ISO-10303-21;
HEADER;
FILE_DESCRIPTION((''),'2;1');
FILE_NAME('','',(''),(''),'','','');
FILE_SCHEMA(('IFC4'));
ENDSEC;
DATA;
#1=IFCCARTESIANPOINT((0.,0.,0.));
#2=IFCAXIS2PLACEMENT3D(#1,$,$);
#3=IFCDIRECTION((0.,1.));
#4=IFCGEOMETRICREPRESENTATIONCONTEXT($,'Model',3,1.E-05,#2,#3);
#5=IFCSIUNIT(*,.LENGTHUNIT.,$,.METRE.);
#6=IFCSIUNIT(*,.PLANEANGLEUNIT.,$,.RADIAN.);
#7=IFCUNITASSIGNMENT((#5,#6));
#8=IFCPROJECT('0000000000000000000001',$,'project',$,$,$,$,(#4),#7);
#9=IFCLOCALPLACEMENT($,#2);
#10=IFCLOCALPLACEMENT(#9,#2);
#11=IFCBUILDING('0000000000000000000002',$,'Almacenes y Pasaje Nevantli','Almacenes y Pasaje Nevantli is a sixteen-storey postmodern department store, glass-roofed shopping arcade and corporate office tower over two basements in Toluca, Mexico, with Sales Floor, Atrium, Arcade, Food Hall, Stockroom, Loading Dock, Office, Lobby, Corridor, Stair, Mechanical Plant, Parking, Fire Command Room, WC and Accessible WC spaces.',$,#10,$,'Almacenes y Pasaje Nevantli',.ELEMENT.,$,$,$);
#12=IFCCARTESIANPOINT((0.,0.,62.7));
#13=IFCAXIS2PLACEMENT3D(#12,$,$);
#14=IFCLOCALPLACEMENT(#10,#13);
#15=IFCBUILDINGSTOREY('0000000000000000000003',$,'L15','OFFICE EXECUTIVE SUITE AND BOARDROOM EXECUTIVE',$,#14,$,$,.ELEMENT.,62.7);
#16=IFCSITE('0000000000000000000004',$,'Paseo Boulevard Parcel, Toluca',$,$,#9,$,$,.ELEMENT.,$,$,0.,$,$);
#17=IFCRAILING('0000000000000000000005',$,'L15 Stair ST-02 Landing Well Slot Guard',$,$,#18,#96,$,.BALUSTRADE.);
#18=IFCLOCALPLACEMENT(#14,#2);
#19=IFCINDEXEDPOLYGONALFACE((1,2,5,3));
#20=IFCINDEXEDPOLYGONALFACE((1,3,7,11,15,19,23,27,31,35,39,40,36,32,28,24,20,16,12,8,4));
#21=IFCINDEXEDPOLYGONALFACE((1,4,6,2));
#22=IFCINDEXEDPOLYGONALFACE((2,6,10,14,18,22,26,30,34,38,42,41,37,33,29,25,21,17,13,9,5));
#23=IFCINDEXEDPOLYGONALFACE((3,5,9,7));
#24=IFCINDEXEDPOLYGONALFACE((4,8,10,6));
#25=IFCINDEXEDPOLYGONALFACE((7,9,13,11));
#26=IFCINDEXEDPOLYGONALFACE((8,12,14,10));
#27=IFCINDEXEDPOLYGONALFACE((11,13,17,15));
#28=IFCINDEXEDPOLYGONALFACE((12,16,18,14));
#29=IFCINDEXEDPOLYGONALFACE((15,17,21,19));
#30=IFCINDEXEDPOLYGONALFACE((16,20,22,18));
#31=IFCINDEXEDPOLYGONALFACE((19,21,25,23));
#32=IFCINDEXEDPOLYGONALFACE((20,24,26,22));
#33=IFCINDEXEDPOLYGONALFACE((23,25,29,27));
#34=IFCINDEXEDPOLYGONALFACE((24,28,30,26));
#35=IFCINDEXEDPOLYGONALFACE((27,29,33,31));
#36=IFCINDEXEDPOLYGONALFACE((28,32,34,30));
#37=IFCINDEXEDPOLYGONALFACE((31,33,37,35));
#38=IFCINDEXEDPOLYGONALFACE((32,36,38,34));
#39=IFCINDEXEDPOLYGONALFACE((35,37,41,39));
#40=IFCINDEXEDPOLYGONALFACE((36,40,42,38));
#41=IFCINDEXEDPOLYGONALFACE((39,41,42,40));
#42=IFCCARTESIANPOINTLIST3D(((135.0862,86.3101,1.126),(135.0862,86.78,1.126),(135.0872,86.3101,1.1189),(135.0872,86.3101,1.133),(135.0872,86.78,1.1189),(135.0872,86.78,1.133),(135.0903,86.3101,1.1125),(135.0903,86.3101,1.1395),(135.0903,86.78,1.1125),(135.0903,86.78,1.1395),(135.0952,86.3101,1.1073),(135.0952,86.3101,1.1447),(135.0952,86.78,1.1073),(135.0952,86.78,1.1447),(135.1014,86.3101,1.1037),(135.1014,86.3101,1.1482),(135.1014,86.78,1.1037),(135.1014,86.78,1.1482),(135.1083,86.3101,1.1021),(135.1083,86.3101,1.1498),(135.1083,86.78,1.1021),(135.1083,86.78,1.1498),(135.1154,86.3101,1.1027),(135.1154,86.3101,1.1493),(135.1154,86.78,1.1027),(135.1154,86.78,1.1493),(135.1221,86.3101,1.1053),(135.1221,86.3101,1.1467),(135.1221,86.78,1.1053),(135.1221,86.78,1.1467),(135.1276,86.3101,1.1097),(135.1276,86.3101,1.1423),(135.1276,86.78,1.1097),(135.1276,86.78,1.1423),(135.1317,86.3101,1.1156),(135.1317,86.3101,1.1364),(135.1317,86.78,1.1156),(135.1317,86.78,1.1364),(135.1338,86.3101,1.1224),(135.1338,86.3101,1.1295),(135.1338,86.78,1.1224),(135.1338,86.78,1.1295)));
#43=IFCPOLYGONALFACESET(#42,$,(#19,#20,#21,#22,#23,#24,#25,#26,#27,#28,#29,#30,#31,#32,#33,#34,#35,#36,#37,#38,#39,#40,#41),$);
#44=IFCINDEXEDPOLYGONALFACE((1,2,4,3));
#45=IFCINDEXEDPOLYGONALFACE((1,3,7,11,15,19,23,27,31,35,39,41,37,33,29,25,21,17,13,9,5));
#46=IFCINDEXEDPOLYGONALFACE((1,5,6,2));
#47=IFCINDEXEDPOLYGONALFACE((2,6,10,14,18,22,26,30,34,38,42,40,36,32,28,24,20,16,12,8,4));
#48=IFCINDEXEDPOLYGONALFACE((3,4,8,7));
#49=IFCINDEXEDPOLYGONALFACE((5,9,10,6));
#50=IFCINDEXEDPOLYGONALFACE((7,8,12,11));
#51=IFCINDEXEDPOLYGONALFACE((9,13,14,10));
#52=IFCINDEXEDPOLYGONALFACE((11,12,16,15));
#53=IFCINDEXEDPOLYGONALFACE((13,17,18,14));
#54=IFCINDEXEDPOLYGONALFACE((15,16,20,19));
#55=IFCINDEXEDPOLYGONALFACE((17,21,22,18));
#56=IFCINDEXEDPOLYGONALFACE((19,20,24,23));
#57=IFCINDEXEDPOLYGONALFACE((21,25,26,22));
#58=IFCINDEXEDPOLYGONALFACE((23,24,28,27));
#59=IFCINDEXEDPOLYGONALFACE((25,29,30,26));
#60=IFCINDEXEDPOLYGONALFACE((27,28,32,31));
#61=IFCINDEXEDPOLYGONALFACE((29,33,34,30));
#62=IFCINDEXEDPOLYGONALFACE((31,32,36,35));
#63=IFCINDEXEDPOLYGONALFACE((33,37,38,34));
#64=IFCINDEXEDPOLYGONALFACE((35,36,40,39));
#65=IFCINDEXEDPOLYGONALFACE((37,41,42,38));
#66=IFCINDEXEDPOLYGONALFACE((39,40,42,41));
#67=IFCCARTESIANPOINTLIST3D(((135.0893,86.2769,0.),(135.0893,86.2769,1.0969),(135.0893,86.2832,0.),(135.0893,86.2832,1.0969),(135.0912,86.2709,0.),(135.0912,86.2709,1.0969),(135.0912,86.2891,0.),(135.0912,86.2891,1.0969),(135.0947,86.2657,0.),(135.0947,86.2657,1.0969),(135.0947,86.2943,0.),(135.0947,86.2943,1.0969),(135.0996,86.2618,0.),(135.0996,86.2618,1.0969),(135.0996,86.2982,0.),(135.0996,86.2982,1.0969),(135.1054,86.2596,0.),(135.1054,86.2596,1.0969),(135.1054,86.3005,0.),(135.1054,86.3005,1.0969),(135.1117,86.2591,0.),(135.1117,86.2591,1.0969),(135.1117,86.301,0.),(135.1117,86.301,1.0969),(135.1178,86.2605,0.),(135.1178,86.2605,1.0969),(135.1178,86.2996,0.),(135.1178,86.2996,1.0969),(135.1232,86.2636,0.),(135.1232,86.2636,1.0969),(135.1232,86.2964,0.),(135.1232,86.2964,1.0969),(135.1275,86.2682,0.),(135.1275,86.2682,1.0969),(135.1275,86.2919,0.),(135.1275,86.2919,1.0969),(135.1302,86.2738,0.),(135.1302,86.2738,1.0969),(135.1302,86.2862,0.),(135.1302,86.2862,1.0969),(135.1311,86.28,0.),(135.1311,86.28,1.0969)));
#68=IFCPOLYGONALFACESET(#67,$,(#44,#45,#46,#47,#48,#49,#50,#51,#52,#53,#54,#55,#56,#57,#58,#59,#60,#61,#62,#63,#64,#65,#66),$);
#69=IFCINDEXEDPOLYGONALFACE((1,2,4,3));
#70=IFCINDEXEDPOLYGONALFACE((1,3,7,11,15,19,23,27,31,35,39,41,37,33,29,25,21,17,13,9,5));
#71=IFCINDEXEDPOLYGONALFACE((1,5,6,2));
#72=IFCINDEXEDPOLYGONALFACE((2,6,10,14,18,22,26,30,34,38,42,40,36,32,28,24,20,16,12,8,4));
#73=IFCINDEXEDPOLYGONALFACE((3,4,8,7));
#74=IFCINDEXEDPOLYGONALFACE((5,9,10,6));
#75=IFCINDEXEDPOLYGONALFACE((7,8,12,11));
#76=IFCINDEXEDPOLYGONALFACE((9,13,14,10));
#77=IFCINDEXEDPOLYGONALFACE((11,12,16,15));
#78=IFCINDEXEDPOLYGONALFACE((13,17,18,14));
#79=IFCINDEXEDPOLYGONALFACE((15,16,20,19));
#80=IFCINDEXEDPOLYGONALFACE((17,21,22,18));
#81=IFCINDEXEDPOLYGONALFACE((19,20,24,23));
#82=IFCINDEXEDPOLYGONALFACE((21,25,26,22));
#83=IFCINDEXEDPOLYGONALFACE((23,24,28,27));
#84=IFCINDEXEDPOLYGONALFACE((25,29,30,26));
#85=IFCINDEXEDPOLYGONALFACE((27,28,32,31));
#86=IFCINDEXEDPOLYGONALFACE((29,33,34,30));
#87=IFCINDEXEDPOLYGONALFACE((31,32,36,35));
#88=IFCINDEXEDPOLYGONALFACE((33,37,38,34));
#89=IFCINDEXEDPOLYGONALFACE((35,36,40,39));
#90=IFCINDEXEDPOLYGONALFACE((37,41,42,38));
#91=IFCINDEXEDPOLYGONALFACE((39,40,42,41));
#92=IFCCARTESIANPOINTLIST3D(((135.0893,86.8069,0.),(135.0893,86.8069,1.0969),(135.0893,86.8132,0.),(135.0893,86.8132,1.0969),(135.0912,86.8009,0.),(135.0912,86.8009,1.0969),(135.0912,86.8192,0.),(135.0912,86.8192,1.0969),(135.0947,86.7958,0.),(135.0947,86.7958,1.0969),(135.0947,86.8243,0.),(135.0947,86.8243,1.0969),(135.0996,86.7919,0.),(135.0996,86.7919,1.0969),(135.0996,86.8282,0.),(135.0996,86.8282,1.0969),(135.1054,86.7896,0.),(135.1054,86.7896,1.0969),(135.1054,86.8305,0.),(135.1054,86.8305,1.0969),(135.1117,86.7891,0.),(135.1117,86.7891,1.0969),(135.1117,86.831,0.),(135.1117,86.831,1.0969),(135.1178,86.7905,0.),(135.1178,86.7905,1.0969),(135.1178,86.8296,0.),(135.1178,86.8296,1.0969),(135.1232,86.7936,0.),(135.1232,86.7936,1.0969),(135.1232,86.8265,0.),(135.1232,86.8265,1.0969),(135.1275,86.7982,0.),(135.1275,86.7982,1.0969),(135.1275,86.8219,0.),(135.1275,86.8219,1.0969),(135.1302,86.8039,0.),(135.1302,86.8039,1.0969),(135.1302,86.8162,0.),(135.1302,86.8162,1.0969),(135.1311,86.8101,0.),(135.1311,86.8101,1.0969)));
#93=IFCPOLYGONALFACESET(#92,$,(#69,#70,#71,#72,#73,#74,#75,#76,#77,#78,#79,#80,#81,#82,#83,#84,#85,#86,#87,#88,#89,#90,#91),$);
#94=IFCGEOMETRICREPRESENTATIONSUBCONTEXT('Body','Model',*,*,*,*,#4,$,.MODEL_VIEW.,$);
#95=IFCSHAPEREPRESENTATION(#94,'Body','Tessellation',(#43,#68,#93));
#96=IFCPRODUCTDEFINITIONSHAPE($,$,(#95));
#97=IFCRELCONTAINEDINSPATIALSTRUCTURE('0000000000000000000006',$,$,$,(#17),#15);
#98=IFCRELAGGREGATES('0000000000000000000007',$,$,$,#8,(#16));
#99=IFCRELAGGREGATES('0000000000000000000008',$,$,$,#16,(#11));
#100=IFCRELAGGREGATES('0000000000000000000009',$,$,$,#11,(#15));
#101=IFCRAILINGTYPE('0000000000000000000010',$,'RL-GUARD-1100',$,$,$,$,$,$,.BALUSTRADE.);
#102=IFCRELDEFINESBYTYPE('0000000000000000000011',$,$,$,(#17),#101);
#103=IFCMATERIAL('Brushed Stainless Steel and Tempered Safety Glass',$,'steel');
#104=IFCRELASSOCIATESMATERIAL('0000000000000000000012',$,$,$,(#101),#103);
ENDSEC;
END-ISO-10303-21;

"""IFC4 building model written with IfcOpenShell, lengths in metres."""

from ifc_helpers import new_model, si_unit, direction, frame, origin, origin_2d, place, context, subcontext, project, spatial, circle, extrude, material, type_object, element, save


model = new_model("IFC4")

# Units and contexts
model_context = context("Model", 3, precision=1e-05, world=origin(), true_north=direction((0.0, 1.0)))
body_context = subcontext(model_context, "Body", "Model", "MODEL_VIEW")
ifc_project = project(units=[si_unit("LENGTHUNIT", "METRE"), si_unit("PLANEANGLEUNIT", "RADIAN")], contexts=[model_context])

# Site, building, storey
site_placement = place(None, origin())
site = spatial("IfcSite", under=ifc_project, at=site_placement, Name="Paseo Boulevard Parcel, Toluca", CompositionType="ELEMENT", RefElevation=0.0)
building_placement = place(site_placement, origin())
building = spatial("IfcBuilding", under=site, at=building_placement, Name="Almacenes y Pasaje Nevantli", Description="Almacenes y Pasaje Nevantli is a sixteen-storey postmodern department store, glass-roofed shopping arcade and corporate office tower over two basements in Toluca, Mexico, with Sales Floor, Atrium, Arcade, Food Hall, Stockroom, Loading Dock, Office, Lobby, Corridor, Stair, Mechanical Plant, Parking, Fire Command Room, WC and Accessible WC spaces.", LongName="Almacenes y Pasaje Nevantli", CompositionType="ELEMENT")
storey_placement = place(building_placement, frame((0.0, 0.0, 62.7)))
storey = spatial("IfcBuildingStorey", under=building, at=storey_placement, Name="L15", Description="OFFICE EXECUTIVE SUITE AND BOARDROOM EXECUTIVE", CompositionType="ELEMENT", Elevation=62.7)

# Railing
ifc_material_1 = material(Name="Brushed Stainless Steel and Tempered Safety Glass", Category="steel")
railing_type_1 = type_object("IfcRailingType", Name="RL-GUARD-1100", PredefinedType="BALUSTRADE", material=ifc_material_1)
railing_1_placement = place(storey_placement, frame((135.1101, 86.28, 0.0)))
element("IfcRailing", 1, at=railing_1_placement, inside=storey, type_object=railing_type_1, Name="L15 Stair ST-02 Landing Well Slot Guard", PredefinedType="BALUSTRADE", context=body_context, shape_type="SweptSolid", body=[
    extrude(circle(Radius=0.0239, at=origin_2d()), frame((0.0, 0.03, 1.126), z_axis=(0.0, 1.0, 0.0), x_axis=(-1.0, 0.0, 0.0)), (0.0, 0.0, 1.0), 0.47),
    extrude(circle(Radius=0.021, at=origin_2d()), origin(), (0.0, 0.0, 1.0), 1.0969),
    extrude(circle(Radius=0.021, at=origin_2d()), frame((0.0, 0.53, 0.0)), (0.0, 0.0, 1.0), 1.0969),
])

save(model, "model.ifc")
